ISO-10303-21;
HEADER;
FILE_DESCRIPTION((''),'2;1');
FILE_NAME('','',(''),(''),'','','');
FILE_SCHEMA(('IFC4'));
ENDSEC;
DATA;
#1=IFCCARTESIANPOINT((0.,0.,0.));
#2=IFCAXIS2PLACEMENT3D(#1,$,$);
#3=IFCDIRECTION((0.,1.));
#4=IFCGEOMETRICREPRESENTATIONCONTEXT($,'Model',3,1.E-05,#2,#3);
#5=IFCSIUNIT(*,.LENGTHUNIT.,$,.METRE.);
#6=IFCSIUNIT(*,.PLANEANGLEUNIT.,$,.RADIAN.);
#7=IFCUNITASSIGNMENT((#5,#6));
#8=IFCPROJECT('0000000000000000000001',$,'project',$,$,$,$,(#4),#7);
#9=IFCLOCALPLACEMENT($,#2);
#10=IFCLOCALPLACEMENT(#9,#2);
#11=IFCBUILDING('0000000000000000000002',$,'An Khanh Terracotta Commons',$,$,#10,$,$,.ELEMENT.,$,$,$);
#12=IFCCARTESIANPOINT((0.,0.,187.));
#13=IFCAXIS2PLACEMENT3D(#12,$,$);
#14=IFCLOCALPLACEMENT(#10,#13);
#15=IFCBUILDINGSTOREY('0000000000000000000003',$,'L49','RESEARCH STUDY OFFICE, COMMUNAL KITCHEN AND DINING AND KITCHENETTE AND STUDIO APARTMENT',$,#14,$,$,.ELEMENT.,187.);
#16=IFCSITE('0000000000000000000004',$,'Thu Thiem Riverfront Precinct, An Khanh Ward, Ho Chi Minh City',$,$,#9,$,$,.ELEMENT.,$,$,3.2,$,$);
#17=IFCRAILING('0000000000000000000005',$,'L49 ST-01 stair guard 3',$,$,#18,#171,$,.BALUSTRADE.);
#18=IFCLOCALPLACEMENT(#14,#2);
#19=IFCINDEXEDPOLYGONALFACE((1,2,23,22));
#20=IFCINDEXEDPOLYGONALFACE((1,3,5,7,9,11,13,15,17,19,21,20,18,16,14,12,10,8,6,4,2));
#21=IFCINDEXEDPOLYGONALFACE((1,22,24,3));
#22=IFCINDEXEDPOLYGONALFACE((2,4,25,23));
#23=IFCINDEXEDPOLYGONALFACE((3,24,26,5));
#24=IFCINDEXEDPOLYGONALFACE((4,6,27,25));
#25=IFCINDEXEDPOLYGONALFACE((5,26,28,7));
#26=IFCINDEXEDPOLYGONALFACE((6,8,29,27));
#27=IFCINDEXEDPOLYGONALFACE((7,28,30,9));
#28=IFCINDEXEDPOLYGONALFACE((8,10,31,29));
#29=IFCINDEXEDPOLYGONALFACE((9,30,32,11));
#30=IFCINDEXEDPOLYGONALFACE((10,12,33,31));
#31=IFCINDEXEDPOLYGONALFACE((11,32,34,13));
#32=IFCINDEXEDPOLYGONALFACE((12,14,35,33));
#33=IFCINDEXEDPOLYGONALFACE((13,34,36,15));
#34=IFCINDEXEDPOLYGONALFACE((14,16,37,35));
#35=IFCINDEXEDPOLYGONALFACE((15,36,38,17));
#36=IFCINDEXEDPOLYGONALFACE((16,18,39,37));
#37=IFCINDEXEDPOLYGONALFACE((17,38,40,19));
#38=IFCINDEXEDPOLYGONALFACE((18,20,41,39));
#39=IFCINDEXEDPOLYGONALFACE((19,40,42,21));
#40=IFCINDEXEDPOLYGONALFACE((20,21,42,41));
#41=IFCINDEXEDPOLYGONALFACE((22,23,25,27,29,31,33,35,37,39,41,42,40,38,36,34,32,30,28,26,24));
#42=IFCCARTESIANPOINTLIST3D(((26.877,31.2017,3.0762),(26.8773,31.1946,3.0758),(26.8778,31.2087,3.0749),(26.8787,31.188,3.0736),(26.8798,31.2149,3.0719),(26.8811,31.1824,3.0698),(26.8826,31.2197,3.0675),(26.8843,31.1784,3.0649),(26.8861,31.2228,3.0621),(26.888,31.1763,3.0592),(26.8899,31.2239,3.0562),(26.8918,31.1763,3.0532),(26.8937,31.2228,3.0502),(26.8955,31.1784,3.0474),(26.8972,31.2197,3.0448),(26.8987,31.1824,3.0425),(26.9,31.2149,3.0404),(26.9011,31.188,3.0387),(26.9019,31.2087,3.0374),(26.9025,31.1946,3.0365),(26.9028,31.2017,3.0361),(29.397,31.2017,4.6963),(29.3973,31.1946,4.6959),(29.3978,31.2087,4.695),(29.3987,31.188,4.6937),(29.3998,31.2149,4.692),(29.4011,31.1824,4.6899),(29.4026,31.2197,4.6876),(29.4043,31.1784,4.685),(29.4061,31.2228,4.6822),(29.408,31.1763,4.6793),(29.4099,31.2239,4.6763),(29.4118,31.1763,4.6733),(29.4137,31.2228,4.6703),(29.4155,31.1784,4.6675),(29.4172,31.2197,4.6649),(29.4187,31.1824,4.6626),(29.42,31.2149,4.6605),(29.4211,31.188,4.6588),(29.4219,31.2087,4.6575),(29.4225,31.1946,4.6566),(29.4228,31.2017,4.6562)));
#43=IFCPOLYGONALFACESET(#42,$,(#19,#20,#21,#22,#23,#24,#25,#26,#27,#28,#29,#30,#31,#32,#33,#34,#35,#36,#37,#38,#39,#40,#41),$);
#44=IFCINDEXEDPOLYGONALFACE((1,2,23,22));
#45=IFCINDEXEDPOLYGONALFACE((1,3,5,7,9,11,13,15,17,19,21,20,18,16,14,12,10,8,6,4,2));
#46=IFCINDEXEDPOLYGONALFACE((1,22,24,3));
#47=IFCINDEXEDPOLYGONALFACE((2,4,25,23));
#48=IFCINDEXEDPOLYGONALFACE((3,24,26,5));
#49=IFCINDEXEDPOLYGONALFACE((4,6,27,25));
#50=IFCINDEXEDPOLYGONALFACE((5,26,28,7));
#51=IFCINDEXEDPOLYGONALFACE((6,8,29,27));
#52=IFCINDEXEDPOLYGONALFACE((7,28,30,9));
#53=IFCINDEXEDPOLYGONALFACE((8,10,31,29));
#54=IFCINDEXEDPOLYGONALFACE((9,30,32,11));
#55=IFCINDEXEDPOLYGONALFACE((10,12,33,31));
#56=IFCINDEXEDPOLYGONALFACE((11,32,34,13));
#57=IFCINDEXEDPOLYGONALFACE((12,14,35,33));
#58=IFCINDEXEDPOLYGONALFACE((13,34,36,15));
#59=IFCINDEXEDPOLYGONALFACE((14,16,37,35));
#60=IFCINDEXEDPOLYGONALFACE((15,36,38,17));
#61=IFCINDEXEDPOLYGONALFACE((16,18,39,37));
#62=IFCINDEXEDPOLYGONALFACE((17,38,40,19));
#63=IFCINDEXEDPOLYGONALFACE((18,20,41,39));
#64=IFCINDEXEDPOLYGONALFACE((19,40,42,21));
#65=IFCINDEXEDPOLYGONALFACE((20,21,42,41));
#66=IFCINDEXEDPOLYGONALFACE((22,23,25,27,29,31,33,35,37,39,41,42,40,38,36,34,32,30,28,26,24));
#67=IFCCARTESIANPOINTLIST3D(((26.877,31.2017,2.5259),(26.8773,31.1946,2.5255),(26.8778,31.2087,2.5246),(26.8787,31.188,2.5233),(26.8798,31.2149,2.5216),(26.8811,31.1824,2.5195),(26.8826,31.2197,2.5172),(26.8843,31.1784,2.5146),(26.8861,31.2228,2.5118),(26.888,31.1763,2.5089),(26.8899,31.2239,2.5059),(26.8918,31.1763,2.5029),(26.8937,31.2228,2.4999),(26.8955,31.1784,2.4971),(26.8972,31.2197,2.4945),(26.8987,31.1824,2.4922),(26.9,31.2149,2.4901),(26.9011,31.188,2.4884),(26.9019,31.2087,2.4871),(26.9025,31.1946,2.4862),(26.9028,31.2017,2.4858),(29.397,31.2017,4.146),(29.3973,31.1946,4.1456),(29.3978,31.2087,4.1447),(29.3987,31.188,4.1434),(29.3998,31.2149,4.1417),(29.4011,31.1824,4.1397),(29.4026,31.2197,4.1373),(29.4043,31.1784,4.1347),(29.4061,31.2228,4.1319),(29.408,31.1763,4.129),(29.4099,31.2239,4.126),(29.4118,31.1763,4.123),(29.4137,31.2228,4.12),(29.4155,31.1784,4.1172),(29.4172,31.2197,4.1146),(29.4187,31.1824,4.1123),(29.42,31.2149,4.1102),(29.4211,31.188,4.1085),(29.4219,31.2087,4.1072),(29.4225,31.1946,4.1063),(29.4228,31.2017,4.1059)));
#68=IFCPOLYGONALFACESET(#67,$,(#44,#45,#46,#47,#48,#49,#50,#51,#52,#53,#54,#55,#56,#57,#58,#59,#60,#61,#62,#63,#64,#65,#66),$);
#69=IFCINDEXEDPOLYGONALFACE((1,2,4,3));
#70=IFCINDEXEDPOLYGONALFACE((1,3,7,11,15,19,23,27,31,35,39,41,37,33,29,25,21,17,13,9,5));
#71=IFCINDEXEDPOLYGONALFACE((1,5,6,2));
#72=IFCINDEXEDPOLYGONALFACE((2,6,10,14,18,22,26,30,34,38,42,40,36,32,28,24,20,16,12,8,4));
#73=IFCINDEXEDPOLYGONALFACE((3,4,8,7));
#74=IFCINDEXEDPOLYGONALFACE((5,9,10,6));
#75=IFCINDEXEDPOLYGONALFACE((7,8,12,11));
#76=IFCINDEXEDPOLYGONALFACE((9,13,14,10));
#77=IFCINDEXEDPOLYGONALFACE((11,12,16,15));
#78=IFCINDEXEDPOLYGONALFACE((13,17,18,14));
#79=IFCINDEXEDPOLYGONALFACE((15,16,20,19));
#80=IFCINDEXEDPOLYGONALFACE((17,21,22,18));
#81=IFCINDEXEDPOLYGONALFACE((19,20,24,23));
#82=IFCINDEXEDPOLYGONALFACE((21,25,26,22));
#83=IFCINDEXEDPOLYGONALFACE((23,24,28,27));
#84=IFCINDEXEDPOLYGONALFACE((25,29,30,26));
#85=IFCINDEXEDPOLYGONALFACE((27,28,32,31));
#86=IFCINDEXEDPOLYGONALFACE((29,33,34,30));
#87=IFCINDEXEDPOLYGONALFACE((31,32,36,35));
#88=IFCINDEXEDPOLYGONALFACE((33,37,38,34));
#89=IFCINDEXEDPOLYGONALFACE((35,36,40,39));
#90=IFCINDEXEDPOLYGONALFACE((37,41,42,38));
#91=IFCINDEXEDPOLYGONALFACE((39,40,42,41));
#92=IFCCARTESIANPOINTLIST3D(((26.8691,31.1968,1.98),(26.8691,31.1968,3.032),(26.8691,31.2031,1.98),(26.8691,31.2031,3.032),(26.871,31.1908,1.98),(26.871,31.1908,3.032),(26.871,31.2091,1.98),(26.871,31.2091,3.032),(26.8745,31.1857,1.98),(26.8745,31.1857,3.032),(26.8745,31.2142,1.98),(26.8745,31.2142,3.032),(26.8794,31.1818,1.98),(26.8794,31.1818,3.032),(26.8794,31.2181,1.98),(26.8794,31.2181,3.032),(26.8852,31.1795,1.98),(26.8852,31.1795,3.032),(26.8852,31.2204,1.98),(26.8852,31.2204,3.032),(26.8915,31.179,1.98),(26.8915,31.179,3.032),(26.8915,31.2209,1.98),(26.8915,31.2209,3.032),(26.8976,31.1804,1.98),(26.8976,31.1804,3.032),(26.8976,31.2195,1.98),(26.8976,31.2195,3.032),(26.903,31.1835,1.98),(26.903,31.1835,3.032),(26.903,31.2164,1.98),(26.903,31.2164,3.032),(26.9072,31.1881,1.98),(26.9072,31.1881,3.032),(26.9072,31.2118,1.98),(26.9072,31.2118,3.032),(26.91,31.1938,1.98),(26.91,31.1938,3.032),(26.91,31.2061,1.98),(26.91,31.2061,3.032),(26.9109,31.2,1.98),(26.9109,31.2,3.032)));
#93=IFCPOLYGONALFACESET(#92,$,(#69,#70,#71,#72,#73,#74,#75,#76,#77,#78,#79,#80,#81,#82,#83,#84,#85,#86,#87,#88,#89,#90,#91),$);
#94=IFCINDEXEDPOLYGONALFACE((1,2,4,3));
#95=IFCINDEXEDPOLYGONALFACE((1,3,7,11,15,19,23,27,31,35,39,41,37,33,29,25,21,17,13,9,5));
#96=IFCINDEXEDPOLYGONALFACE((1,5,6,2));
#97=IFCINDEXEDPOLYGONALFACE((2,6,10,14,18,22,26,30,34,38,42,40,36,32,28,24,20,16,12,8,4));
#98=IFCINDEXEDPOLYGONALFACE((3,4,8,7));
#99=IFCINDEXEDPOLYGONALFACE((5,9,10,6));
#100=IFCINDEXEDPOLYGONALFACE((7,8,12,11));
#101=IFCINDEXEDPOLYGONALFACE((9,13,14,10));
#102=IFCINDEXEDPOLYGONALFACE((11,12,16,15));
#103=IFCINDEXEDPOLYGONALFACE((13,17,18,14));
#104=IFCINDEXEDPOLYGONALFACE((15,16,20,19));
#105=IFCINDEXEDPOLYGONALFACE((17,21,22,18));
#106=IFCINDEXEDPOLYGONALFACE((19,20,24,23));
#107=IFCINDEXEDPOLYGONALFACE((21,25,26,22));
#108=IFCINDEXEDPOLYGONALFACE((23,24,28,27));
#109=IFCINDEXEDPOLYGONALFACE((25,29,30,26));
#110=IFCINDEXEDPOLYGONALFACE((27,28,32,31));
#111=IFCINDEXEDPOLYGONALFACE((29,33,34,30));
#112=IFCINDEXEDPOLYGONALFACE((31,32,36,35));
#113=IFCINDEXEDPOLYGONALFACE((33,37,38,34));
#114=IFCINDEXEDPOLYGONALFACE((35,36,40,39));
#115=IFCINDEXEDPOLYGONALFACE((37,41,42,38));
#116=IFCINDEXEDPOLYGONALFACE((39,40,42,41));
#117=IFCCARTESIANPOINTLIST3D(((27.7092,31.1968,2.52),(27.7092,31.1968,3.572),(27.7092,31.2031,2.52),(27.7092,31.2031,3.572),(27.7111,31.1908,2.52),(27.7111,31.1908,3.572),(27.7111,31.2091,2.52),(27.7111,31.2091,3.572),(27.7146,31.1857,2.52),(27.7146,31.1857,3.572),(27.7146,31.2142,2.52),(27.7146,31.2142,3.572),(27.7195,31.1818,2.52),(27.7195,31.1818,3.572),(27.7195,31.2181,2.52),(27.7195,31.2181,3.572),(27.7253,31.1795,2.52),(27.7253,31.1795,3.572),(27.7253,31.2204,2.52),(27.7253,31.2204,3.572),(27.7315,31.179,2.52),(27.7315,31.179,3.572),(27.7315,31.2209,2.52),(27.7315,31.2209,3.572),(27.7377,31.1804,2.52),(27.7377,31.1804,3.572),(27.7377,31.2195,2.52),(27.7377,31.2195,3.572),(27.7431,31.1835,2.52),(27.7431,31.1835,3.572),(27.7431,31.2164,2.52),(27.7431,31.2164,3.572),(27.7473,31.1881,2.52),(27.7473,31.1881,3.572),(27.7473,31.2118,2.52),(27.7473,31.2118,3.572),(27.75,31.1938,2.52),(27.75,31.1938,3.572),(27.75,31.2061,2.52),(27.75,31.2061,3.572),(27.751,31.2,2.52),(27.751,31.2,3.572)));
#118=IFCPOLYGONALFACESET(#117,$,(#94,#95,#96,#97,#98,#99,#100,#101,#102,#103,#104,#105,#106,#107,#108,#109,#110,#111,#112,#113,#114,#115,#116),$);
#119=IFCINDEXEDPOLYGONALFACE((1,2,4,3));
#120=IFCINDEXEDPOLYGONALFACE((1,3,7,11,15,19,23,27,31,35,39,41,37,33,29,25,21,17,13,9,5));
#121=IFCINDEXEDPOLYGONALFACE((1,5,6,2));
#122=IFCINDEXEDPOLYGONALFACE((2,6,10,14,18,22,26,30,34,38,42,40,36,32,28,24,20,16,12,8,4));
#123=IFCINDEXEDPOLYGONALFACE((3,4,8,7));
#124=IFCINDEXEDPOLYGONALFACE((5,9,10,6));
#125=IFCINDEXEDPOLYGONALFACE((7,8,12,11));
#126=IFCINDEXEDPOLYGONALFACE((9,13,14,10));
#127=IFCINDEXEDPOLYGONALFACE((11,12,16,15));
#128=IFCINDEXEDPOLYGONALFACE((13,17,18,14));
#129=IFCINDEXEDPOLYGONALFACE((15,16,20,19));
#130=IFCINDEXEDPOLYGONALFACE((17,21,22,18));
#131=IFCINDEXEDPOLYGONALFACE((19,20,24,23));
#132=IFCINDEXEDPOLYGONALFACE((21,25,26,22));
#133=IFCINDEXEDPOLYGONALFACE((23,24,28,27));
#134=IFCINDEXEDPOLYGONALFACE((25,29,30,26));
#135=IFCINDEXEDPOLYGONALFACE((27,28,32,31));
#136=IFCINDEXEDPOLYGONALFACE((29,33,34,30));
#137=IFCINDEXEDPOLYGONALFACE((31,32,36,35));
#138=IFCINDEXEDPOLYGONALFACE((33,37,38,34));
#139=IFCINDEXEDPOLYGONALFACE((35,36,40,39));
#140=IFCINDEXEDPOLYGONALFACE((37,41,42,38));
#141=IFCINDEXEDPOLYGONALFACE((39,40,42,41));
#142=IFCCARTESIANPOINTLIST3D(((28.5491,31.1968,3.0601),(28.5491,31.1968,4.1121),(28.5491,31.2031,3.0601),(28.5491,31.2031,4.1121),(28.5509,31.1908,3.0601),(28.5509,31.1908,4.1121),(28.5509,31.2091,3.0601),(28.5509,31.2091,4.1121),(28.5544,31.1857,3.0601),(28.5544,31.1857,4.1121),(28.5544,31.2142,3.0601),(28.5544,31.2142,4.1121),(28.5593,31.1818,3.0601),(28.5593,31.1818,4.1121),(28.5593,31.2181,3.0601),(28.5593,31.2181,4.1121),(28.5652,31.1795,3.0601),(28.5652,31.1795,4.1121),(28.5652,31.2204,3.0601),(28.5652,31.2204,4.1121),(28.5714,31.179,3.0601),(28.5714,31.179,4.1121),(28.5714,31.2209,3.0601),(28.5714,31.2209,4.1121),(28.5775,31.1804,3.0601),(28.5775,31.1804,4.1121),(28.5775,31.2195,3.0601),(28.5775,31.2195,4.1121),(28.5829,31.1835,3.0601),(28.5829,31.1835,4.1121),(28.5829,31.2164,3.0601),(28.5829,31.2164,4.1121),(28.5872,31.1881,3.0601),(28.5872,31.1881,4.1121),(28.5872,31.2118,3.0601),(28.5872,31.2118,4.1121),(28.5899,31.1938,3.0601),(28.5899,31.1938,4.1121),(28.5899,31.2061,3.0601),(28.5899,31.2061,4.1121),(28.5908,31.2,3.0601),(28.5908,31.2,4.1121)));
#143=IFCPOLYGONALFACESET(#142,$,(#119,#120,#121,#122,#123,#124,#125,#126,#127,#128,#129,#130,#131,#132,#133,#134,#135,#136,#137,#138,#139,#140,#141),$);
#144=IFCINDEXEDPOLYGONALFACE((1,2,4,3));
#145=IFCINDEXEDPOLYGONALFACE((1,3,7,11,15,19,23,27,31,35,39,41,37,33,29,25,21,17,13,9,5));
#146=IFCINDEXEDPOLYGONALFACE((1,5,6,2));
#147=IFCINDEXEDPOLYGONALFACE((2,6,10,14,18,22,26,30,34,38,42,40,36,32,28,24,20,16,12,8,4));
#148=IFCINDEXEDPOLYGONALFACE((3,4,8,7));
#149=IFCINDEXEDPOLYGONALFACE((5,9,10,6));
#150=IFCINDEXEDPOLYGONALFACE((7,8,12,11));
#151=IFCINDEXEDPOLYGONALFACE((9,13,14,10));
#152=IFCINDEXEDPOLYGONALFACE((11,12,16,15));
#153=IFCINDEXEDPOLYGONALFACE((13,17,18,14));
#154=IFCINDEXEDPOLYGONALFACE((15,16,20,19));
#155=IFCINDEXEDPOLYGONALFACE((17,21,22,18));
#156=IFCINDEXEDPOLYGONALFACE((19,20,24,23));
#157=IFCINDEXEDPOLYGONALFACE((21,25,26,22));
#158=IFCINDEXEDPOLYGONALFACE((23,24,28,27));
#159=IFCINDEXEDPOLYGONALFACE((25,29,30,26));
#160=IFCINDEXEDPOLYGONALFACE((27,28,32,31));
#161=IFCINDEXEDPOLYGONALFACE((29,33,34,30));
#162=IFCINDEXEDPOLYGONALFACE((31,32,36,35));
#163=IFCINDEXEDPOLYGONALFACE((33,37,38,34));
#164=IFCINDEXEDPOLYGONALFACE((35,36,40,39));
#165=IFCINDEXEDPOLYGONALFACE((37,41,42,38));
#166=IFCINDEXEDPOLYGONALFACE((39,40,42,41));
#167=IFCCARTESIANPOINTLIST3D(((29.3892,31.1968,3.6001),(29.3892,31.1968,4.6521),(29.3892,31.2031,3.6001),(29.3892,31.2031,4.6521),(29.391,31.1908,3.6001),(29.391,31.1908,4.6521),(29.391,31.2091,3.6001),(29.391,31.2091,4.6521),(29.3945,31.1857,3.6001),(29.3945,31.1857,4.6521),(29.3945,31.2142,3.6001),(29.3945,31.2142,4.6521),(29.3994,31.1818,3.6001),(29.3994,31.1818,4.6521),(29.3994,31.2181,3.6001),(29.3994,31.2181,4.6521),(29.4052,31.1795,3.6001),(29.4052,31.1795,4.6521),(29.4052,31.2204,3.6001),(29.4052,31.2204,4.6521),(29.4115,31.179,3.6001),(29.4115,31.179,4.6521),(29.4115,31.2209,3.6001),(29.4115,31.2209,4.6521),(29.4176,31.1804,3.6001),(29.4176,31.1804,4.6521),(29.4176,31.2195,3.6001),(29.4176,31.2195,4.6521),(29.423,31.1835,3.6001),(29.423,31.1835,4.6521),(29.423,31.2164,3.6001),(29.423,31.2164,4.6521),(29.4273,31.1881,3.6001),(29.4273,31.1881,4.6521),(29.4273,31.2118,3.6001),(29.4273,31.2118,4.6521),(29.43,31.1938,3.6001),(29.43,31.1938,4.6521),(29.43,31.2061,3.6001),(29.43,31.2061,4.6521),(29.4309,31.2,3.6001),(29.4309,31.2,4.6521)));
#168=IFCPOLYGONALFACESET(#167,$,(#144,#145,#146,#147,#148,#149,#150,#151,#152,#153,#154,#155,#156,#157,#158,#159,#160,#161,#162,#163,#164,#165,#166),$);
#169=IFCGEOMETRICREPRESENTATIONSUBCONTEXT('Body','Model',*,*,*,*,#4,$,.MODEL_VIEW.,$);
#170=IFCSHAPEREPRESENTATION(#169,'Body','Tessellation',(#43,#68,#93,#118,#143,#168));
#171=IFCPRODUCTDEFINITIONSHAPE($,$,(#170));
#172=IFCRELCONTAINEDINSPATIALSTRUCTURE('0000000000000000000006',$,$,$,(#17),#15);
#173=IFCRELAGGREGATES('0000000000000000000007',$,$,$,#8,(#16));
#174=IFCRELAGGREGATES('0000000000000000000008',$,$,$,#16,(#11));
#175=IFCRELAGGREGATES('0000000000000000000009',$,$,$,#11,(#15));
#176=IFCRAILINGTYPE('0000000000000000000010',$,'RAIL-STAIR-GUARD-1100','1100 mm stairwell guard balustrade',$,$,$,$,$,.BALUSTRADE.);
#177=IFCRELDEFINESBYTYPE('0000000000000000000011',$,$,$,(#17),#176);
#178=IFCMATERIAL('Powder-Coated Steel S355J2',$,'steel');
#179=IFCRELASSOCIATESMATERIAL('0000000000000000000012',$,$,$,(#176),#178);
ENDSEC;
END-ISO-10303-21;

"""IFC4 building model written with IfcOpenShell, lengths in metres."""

from ifc_helpers import new_model, si_unit, direction, frame, origin, origin_2d, place, context, subcontext, project, spatial, circle, extrude, material, type_object, element, save


model = new_model("IFC4")

# Units and contexts
model_context = context("Model", 3, precision=1e-05, world=origin(), true_north=direction((0.0, 1.0)))
body_context = subcontext(model_context, "Body", "Model", "MODEL_VIEW")
ifc_project = project(units=[si_unit("LENGTHUNIT", "METRE"), si_unit("PLANEANGLEUNIT", "RADIAN")], contexts=[model_context])

# Site, building, storey
site_placement = place(None, origin())
site = spatial("IfcSite", under=ifc_project, at=site_placement, Name="Thu Thiem Riverfront Precinct, An Khanh Ward, Ho Chi Minh City", CompositionType="ELEMENT", RefElevation=3.2)
building_placement = place(site_placement, origin())
building = spatial("IfcBuilding", under=site, at=building_placement, Name="An Khanh Terracotta Commons", CompositionType="ELEMENT")
storey_placement = place(building_placement, frame((0.0, 0.0, 187.0)))
storey = spatial("IfcBuildingStorey", under=building, at=storey_placement, Name="L49", Description="RESEARCH STUDY OFFICE, COMMUNAL KITCHEN AND DINING AND KITCHENETTE AND STUDIO APARTMENT", CompositionType="ELEMENT", Elevation=187.0)

# Railing
ifc_material_1 = material(Name="Powder-Coated Steel S355J2", Category="steel")
railing_type_1 = type_object("IfcRailingType", Name="RAIL-STAIR-GUARD-1100", Description="1100 mm stairwell guard balustrade", PredefinedType="BALUSTRADE", material=ifc_material_1)
railing_1_placement = place(storey_placement, frame((26.8899, 31.2, 1.98)))
element("IfcRailing", 1, at=railing_1_placement, inside=storey, type_object=railing_type_1, Name="L49 ST-01 stair guard 3", PredefinedType="BALUSTRADE", context=body_context, shape_type="SweptSolid", body=[
    extrude(circle(Radius=0.0239, at=origin_2d()), frame((0.0, 0.0, 1.0762), z_axis=(0.841163, 0.0, 0.540782), x_axis=(0.0, 1.0, 0.0)), (0.0, 0.0, 1.0), 2.9958),
    extrude(circle(Radius=0.0239, at=origin_2d()), frame((0.0, 0.0, 0.5259), z_axis=(0.841163, 0.0, 0.540782), x_axis=(0.0, 1.0, 0.0)), (0.0, 0.0, 1.0), 2.9958),
    extrude(circle(Radius=0.021, at=origin_2d()), origin(), (0.0, 0.0, 1.0), 1.052),
    extrude(circle(Radius=0.021, at=origin_2d()), frame((0.8401, 0.0, 0.54)), (0.0, 0.0, 1.0), 1.052),
    extrude(circle(Radius=0.021, at=origin_2d()), frame((1.6799, 0.0, 1.0801)), (0.0, 0.0, 1.0), 1.052),
    extrude(circle(Radius=0.021, at=origin_2d()), frame((2.52, 0.0, 1.6201)), (0.0, 0.0, 1.0), 1.052),
])

save(model, "model.ifc")
